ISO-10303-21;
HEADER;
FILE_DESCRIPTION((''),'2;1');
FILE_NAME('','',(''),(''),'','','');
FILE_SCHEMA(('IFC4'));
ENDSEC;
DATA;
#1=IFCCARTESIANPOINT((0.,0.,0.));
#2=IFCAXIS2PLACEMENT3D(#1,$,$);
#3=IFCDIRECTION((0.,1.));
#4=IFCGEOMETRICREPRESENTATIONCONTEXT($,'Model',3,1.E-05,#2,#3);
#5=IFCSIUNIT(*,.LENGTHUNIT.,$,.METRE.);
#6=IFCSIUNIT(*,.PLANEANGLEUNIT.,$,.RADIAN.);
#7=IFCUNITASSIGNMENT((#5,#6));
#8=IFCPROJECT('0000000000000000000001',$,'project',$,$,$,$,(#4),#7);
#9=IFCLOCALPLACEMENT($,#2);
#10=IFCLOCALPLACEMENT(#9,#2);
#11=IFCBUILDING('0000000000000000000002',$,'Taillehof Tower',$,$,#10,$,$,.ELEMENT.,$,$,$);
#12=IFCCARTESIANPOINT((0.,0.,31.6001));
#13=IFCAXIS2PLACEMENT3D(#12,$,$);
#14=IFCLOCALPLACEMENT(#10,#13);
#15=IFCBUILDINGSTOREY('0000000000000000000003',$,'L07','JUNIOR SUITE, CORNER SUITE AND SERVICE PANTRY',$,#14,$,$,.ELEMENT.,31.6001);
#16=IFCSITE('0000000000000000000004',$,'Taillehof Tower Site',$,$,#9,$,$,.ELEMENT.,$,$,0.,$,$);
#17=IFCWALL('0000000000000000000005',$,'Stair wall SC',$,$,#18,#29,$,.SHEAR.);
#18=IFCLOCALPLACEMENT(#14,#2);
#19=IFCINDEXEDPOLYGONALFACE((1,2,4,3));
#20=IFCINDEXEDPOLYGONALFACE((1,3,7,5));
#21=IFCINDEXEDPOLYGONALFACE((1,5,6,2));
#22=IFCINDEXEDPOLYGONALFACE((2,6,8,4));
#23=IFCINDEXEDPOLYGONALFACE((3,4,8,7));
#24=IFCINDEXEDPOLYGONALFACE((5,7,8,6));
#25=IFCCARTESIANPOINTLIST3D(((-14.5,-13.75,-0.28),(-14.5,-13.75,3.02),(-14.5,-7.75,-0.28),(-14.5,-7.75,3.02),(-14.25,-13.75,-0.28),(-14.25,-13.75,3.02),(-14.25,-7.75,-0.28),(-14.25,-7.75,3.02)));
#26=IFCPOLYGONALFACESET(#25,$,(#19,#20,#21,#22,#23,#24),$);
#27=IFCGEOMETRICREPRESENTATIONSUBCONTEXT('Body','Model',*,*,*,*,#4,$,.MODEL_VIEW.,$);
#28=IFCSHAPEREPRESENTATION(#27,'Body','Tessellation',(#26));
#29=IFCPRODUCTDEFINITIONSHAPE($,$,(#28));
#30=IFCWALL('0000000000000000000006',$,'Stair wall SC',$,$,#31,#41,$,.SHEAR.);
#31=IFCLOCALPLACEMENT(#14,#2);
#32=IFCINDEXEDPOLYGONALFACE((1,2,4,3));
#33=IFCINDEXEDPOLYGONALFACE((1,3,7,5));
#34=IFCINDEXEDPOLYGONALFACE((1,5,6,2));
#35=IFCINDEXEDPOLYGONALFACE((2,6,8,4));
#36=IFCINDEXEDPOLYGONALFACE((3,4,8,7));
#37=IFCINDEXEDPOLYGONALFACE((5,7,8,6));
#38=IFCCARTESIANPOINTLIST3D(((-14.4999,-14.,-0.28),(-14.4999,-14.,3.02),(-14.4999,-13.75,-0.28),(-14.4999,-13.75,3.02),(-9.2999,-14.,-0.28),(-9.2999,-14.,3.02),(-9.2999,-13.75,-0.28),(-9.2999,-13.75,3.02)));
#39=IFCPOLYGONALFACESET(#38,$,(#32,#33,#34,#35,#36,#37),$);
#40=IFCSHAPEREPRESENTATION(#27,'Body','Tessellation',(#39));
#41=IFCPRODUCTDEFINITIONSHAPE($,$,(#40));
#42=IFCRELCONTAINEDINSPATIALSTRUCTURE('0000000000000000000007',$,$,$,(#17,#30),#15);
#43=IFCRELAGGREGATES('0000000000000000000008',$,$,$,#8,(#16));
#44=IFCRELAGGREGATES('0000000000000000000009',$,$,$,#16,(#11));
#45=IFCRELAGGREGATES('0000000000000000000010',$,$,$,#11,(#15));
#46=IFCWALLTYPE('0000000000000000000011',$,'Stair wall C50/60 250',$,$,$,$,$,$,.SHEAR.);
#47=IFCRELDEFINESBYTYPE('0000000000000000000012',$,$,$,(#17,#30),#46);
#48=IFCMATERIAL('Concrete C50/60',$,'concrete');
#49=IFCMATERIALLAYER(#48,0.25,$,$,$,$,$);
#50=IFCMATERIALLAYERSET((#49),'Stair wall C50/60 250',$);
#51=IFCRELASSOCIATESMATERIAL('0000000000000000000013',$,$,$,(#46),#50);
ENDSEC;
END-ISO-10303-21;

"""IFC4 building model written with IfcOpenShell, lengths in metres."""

from ifc_helpers import new_model, si_unit, direction, frame, frame_2d, origin, place, context, subcontext, project, spatial, rectangle, extrude, material, layer, layer_set, type_object, element, save


model = new_model("IFC4")

# Units and contexts
model_context = context("Model", 3, precision=1e-05, world=origin(), true_north=direction((0.0, 1.0)))
body_context = subcontext(model_context, "Body", "Model", "MODEL_VIEW")
ifc_project = project(units=[si_unit("LENGTHUNIT", "METRE"), si_unit("PLANEANGLEUNIT", "RADIAN")], contexts=[model_context])

# Site, building, storey
site_placement = place(None, origin())
site = spatial("IfcSite", under=ifc_project, at=site_placement, Name="Taillehof Tower Site", CompositionType="ELEMENT", RefElevation=0.0)
building_placement = place(site_placement, origin())
building = spatial("IfcBuilding", under=site, at=building_placement, Name="Taillehof Tower", CompositionType="ELEMENT")
storey_placement = place(building_placement, frame((0.0, 0.0, 31.6001)))
storey = spatial("IfcBuildingStorey", under=building, at=storey_placement, Name="L07", Description="JUNIOR SUITE, CORNER SUITE AND SERVICE PANTRY", CompositionType="ELEMENT", Elevation=31.6001)

# Walls
ifc_material_1 = material(Name="Concrete C50/60", Category="concrete")
ifc_layer_1 = layer(ifc_material_1, 0.25)
ifc_layer_set_1 = layer_set([ifc_layer_1], Name="Stair wall C50/60 250")
wall_type_1 = type_object("IfcWallType", Name="Stair wall C50/60 250", PredefinedType="SHEAR", material=ifc_layer_set_1)
wall_1_placement = place(storey_placement, frame((-14.375, -13.75, -0.28), z_axis=(0.0, 0.0, 1.0), x_axis=(0.0, 1.0, 0.0)))
element("IfcWall", 1, at=wall_1_placement, inside=storey, type_object=wall_type_1, Name="Stair wall SC", PredefinedType="SHEAR", context=body_context, shape_type="SweptSolid", body=[
    extrude(rectangle(XDim=6.0, YDim=0.25, at=frame_2d((3.0, 0.0))), origin(), (0.0, 0.0, 1.0), 3.3),
])
wall_2_placement = place(storey_placement, frame((-14.5, -13.875, -0.28), z_axis=(0.0, 0.0, 1.0), x_axis=(1.0, 0.0, 0.0)))
element("IfcWall", 2, at=wall_2_placement, inside=storey, type_object=wall_type_1, Name="Stair wall SC", PredefinedType="SHEAR", context=body_context, shape_type="SweptSolid", body=[
    extrude(rectangle(XDim=5.2, YDim=0.25, at=frame_2d((2.6001, 0.0))), origin(), (0.0, 0.0, 1.0), 3.3),
])

save(model, "model.ifc")
